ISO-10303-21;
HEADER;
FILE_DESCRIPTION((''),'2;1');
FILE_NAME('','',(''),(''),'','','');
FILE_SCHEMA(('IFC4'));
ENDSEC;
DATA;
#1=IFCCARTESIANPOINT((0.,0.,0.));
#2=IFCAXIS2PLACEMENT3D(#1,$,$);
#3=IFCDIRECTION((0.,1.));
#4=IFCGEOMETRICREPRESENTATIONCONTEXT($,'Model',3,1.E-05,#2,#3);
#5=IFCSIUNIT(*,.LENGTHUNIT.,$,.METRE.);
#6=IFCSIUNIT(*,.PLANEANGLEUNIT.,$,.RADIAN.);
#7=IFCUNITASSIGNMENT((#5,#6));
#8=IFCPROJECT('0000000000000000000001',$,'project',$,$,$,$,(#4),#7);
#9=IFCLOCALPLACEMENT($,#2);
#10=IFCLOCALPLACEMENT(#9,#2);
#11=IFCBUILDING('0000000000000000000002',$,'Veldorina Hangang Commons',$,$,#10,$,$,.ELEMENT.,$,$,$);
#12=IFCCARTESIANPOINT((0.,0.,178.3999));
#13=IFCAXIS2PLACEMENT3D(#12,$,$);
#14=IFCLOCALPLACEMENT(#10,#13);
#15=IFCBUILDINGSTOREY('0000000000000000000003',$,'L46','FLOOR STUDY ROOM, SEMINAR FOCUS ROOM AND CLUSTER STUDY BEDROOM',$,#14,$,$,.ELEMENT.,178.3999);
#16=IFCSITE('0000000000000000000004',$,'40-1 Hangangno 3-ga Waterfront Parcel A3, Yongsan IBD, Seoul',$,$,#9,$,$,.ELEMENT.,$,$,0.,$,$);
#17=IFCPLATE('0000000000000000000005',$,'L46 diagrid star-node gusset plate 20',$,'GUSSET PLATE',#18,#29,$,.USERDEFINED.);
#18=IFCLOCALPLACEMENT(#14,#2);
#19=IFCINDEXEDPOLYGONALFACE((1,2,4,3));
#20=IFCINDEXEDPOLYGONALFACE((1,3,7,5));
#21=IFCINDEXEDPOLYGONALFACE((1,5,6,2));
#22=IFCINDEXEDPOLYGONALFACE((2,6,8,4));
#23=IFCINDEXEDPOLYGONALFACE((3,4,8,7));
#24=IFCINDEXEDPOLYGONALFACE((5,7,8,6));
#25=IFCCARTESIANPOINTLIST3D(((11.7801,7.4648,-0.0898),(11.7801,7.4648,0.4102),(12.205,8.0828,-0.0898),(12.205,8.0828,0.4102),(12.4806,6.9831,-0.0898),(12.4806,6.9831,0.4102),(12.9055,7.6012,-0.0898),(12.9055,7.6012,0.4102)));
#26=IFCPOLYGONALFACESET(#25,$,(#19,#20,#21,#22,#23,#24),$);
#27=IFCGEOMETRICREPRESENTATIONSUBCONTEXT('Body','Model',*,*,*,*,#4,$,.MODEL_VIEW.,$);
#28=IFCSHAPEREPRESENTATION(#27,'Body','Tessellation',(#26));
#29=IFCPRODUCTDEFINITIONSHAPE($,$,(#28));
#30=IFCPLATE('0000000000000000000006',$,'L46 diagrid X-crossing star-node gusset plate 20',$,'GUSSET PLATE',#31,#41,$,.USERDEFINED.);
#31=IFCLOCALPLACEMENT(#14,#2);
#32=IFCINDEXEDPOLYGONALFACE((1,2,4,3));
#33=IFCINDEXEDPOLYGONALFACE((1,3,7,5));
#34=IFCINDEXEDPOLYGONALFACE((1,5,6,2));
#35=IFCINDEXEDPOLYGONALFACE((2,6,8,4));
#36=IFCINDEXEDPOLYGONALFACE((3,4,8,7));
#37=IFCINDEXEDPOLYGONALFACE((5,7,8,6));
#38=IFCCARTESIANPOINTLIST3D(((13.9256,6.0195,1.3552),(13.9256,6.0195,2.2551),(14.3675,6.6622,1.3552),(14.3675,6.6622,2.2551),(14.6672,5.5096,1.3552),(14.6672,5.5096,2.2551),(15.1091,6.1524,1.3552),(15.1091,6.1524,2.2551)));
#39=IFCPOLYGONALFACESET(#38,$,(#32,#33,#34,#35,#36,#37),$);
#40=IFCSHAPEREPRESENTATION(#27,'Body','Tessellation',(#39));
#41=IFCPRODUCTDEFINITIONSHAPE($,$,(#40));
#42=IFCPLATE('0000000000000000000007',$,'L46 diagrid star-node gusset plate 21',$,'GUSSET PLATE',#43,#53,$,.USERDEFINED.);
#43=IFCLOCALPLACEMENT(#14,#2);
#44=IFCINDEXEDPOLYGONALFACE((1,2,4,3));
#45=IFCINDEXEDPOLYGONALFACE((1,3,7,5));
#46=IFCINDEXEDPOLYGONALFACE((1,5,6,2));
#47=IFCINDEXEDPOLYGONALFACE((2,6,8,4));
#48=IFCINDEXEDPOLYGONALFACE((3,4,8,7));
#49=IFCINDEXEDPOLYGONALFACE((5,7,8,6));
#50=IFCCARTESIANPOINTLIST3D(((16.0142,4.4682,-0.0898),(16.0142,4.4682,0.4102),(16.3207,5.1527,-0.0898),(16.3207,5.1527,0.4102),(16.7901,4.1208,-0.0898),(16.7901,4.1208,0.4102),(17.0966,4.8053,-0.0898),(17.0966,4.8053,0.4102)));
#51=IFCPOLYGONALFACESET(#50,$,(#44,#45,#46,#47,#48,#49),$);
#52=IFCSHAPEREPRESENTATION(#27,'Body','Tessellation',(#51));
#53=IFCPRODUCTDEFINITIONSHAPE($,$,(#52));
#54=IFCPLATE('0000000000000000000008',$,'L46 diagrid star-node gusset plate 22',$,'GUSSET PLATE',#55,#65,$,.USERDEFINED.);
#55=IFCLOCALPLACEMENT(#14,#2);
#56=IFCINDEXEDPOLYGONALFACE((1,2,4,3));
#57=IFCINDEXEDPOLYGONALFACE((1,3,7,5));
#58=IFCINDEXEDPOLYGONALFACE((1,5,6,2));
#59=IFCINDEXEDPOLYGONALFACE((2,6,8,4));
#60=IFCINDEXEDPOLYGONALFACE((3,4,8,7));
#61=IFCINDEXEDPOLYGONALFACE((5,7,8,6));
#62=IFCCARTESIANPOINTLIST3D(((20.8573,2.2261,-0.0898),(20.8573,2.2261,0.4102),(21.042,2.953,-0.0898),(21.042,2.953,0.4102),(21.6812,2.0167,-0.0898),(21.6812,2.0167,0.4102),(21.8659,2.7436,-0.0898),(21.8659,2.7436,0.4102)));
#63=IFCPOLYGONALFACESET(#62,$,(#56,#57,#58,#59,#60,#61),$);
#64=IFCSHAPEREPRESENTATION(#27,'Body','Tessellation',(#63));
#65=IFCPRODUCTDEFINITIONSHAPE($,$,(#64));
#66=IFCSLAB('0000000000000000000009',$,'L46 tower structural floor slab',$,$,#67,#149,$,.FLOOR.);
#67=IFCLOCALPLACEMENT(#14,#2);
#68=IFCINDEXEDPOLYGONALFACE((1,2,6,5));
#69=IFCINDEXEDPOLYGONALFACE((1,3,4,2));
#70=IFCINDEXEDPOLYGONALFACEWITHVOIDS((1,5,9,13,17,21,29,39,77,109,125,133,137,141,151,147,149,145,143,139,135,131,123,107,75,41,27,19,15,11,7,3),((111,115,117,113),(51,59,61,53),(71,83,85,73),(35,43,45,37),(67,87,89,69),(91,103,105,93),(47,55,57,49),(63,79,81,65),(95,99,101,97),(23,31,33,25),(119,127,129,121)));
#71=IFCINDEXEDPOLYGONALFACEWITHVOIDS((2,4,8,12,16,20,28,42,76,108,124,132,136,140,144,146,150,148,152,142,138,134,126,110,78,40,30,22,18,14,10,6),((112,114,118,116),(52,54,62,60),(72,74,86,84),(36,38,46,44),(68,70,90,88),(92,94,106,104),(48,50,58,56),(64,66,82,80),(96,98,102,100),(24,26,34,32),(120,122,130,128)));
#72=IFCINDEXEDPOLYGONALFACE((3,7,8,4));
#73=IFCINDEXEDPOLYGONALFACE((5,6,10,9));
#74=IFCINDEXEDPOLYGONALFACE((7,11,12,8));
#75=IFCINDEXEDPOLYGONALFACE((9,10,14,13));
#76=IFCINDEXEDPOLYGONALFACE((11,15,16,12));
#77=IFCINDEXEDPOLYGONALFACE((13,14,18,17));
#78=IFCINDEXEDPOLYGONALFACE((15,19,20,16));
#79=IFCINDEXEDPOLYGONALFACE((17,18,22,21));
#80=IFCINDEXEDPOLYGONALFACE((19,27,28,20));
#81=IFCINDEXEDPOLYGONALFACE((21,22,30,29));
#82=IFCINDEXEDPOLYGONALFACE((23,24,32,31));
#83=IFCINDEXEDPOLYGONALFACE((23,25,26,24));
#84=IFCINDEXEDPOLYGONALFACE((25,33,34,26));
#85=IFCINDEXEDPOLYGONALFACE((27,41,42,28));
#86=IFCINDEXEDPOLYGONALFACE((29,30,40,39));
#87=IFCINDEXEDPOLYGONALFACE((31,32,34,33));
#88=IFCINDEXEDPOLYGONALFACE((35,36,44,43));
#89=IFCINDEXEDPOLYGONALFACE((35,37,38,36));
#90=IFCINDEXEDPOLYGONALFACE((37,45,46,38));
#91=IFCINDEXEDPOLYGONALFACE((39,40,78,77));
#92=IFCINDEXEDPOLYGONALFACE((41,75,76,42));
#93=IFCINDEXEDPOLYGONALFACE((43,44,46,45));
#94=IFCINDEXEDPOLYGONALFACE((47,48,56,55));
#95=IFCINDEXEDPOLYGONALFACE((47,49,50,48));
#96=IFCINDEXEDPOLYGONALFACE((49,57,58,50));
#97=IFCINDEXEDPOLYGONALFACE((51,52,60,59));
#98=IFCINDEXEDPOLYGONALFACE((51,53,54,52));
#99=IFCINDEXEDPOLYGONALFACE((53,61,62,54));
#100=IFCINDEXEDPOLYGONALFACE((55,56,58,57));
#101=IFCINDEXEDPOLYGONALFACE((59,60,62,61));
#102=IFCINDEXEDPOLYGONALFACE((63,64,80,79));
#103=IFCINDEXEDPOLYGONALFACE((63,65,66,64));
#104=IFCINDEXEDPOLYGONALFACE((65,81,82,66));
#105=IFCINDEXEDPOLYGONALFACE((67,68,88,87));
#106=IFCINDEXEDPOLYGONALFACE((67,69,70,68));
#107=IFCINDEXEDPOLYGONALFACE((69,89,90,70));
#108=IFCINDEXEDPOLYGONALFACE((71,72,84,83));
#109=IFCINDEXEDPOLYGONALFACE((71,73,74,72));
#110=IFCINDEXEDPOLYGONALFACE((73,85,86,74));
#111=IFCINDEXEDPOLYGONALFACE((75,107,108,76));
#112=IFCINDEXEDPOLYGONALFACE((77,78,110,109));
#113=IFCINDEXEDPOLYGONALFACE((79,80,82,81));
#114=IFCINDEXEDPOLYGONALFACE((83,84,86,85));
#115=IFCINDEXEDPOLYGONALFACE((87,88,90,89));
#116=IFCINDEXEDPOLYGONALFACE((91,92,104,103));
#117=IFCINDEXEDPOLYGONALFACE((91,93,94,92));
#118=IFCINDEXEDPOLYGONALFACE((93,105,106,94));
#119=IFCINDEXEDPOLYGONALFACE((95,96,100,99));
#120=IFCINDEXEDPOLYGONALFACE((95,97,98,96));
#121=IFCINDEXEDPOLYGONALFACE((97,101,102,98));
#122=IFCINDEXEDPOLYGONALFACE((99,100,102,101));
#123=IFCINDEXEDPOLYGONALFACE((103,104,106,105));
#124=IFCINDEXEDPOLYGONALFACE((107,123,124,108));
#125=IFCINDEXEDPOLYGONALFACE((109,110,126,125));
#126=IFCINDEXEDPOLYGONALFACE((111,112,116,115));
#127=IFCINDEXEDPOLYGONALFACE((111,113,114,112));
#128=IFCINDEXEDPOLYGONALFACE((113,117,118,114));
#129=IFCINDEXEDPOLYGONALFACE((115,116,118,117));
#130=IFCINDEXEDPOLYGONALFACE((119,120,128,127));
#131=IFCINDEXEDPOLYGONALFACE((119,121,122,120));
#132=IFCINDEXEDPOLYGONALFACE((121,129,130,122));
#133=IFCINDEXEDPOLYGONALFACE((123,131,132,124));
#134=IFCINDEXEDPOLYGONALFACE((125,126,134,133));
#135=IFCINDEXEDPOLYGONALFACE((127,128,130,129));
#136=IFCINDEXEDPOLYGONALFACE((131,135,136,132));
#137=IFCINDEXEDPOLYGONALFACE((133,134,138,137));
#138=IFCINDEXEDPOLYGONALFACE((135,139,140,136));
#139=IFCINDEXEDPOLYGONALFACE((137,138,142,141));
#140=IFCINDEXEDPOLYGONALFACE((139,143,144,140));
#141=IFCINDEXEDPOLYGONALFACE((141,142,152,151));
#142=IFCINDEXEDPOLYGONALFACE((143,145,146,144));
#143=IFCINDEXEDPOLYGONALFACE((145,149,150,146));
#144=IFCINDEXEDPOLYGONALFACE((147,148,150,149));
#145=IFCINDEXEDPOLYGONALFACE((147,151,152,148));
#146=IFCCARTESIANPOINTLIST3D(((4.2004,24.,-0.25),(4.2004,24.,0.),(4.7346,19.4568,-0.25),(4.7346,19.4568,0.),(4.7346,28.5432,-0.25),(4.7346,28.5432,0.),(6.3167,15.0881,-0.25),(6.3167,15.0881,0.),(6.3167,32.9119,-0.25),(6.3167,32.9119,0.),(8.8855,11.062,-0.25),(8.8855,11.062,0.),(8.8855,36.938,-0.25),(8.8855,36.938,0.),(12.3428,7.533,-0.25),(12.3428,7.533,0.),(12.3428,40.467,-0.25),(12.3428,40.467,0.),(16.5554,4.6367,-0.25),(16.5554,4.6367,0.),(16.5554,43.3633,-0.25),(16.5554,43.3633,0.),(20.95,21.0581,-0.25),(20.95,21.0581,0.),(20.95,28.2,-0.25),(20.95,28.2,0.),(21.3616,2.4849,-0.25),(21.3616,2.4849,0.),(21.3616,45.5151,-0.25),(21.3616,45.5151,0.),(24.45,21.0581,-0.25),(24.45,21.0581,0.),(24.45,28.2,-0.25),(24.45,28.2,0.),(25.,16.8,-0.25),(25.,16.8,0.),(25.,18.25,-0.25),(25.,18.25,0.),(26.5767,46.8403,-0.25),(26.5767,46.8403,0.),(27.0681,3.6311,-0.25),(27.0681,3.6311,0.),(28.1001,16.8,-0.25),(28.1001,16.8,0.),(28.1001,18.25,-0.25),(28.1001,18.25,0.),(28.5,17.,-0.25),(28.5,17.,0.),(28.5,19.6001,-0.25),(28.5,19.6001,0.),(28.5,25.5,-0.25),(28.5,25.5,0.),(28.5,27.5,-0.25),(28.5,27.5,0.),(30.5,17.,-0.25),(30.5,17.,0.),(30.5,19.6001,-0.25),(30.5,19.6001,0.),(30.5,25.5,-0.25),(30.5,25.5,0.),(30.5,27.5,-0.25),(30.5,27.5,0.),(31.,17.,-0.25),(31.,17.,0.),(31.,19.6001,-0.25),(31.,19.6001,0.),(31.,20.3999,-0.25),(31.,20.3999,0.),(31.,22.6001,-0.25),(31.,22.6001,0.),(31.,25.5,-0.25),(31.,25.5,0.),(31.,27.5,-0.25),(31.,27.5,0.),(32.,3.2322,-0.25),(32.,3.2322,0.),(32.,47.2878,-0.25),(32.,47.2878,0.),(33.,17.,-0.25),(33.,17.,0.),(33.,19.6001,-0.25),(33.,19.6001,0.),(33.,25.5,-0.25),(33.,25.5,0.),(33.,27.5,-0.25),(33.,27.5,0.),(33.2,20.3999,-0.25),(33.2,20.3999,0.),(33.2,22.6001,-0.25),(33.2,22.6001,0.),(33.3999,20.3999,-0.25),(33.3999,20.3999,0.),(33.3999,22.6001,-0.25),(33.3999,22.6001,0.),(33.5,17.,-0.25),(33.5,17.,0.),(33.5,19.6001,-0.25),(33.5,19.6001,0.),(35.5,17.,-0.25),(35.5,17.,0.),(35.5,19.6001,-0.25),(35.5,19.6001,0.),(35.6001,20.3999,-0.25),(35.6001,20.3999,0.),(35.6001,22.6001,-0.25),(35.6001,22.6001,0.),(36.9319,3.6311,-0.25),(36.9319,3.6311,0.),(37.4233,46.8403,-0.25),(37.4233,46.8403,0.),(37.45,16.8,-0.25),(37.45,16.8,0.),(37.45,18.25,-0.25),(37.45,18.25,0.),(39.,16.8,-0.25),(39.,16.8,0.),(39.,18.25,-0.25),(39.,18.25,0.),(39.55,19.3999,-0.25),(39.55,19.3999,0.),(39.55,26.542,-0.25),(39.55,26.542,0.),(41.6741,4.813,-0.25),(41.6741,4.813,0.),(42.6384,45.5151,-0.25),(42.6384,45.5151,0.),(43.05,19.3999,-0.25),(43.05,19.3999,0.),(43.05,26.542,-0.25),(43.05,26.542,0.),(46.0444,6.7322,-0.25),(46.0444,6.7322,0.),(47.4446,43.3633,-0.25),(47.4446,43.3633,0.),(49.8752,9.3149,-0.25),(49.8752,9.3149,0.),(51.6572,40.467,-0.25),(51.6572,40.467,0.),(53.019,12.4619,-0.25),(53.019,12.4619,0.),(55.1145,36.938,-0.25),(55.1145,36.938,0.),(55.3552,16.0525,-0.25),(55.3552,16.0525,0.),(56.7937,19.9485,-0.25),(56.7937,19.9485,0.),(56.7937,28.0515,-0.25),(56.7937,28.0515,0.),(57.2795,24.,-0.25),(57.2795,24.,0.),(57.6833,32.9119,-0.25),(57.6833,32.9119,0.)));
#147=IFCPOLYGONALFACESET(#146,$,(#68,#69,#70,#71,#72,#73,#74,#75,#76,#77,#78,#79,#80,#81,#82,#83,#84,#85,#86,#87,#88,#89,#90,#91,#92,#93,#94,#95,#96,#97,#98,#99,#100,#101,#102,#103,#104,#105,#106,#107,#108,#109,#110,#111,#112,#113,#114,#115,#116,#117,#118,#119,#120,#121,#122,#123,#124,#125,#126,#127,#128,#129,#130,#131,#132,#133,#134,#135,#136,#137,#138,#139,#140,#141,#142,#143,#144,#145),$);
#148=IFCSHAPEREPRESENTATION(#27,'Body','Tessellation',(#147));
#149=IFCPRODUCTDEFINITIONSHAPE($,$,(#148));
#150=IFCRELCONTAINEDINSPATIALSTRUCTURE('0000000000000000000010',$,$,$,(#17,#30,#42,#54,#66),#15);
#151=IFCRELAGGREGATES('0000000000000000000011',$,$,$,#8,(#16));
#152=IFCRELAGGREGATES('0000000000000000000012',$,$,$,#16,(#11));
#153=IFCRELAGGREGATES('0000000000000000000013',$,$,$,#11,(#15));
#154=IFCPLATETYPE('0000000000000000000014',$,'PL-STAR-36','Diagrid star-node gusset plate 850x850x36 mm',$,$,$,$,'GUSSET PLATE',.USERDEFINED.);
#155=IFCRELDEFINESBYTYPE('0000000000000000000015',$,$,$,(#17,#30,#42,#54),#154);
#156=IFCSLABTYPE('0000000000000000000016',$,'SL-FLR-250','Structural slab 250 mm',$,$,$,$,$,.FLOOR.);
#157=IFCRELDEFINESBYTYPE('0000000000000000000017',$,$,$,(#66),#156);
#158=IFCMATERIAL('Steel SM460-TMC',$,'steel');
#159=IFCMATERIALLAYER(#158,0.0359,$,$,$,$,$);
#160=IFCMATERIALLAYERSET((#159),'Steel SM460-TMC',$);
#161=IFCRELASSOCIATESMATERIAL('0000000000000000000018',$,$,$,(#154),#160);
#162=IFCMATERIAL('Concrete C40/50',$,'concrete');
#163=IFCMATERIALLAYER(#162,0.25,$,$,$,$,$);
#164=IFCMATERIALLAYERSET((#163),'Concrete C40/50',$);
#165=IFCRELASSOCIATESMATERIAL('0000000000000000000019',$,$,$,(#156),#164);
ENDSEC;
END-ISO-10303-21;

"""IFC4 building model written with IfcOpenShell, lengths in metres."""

from ifc_helpers import new_model, si_unit, direction, frame, origin, origin_2d, place, context, subcontext, project, spatial, polyline, rectangle, outline, extrude, material, layer, layer_set, type_object, element, save


model = new_model("IFC4")

# Units and contexts
model_context = context("Model", 3, precision=1e-05, world=origin(), true_north=direction((0.0, 1.0)))
body_context = subcontext(model_context, "Body", "Model", "MODEL_VIEW")
ifc_project = project(units=[si_unit("LENGTHUNIT", "METRE"), si_unit("PLANEANGLEUNIT", "RADIAN")], contexts=[model_context])

# Site, building, storey
site_placement = place(None, origin())
site = spatial("IfcSite", under=ifc_project, at=site_placement, Name="40-1 Hangangno 3-ga Waterfront Parcel A3, Yongsan IBD, Seoul", CompositionType="ELEMENT", RefElevation=0.0)
building_placement = place(site_placement, origin())
building = spatial("IfcBuilding", under=site, at=building_placement, Name="Veldorina Hangang Commons", CompositionType="ELEMENT")
storey_placement = place(building_placement, frame((0.0, 0.0, 178.3999)))
storey = spatial("IfcBuildingStorey", under=building, at=storey_placement, Name="L46", Description="FLOOR STUDY ROOM, SEMINAR FOCUS ROOM AND CLUSTER STUDY BEDROOM", CompositionType="ELEMENT", Elevation=178.3999)

# Plates
ifc_material_1 = material(Name="Steel SM460-TMC", Category="steel")
ifc_layer_1 = layer(ifc_material_1, 0.0359)
ifc_layer_set_1 = layer_set([ifc_layer_1], Name="Steel SM460-TMC")
plate_type = type_object("IfcPlateType", Name="PL-STAR-36", Description="Diagrid star-node gusset plate 850x850x36 mm", ElementType="GUSSET PLATE", PredefinedType="USERDEFINED", material=ifc_layer_set_1)
for number, where, z_axis, x_axis, name in (
    (1, (12.3428, 7.533, -0.0898), (0.0, 0.0, 1.0), (0.824037, -0.566536, 0.0), "L46 diagrid star-node gusset plate 20"),
):
    element("IfcPlate", number, at=place(storey_placement, frame(where, z_axis=z_axis, x_axis=x_axis)), inside=storey, type_object=plate_type, Name=name, ObjectType="GUSSET PLATE", PredefinedType="USERDEFINED", context=body_context, shape_type="SweptSolid", body=[
        extrude(rectangle(XDim=0.8501, YDim=0.75, at=origin_2d()), origin(), (0.0, 0.0, 1.0), 0.5),
    ])
plate_placement = place(storey_placement, frame((14.5173, 6.0859, 1.3552), z_axis=(0.0, 0.0, 1.0), x_axis=(0.824037, -0.566536, 0.0)))
element("IfcPlate", 2, at=plate_placement, inside=storey, type_object=plate_type, Name="L46 diagrid X-crossing star-node gusset plate 20", ObjectType="GUSSET PLATE", PredefinedType="USERDEFINED", context=body_context, shape_type="SweptSolid", body=[
    extrude(rectangle(XDim=0.8999, YDim=0.78, at=origin_2d()), origin(), (0.0, 0.0, 1.0), 0.8999),
])
for number, where, z_axis, x_axis, name in (
    (3, (16.5554, 4.6367, -0.0898), (0.0, 0.0, 1.0), (0.912684, -0.408665, 0.0), "L46 diagrid star-node gusset plate 21"),
    (4, (21.3616, 2.4849, -0.0898), (0.0, 0.0, 1.0), (0.969197, -0.246289, 0.0), "L46 diagrid star-node gusset plate 22"),
):
    element("IfcPlate", number, at=place(storey_placement, frame(where, z_axis=z_axis, x_axis=x_axis)), inside=storey, type_object=plate_type, Name=name, ObjectType="GUSSET PLATE", PredefinedType="USERDEFINED", context=body_context, shape_type="SweptSolid", body=[
        extrude(rectangle(XDim=0.8501, YDim=0.75, at=origin_2d()), origin(), (0.0, 0.0, 1.0), 0.5),
    ])

# Slab
ifc_material_2 = material(Name="Concrete C40/50", Category="concrete")
ifc_layer_2 = layer(ifc_material_2, 0.25)
ifc_layer_set_2 = layer_set([ifc_layer_2], Name="Concrete C40/50")
slab_type_1 = type_object("IfcSlabType", Name="SL-FLR-250", Description="Structural slab 250 mm", PredefinedType="FLOOR", material=ifc_layer_set_2)
slab_1_placement = place(storey_placement, frame((0.0, 0.0, -0.25)))
element("IfcSlab", 5, at=slab_1_placement, inside=storey, type_object=slab_type_1, Name="L46 tower structural floor slab", PredefinedType="FLOOR", context=body_context, shape_type="SweptSolid", body=[
    extrude(outline(polyline([(57.2795, 24.0), (56.7937, 28.0515), (57.6833, 32.9119), (55.1145, 36.938), (51.6572, 40.467), (47.4446, 43.3633), (42.6384, 45.5151), (37.4233, 46.8403), (32.0, 47.2878), (26.5767, 46.8403), (21.3616, 45.5151), (16.5554, 43.3633), (12.3428, 40.467), (8.8855, 36.938), (6.3167, 32.9119), (4.7346, 28.5432), (4.2004, 24.0), (4.7346, 19.4568), (6.3167, 15.0881), (8.8855, 11.062), (12.3428, 7.533), (16.5554, 4.6367), (21.3616, 2.4849), (27.0681, 3.6311), (32.0, 3.2322), (36.9319, 3.6311), (41.6741, 4.813), (46.0444, 6.7322), (49.8752, 9.3149), (53.019, 12.4619), (55.3552, 16.0525), (56.7937, 19.9485), (57.2795, 24.0)]), holes=[polyline([(20.95, 21.0581), (20.95, 28.2), (24.45, 28.2), (24.45, 21.0581), (20.95, 21.0581)]), polyline([(43.05, 26.542), (43.05, 19.3999), (39.55, 19.3999), (39.55, 26.542), (43.05, 26.542)]), polyline([(28.5, 27.5), (30.5, 27.5), (30.5, 25.5), (28.5, 25.5), (28.5, 27.5)]), polyline([(31.0, 27.5), (33.0, 27.5), (33.0, 25.5), (31.0, 25.5), (31.0, 27.5)]), polyline([(31.0, 22.6001), (33.2, 22.6001), (33.2, 20.3999), (31.0, 20.3999), (31.0, 22.6001)]), polyline([(33.3999, 22.6001), (35.6001, 22.6001), (35.6001, 20.3999), (33.3999, 20.3999), (33.3999, 22.6001)]), polyline([(28.5, 19.6001), (30.5, 19.6001), (30.5, 17.0), (28.5, 17.0), (28.5, 19.6001)]), polyline([(31.0, 19.6001), (33.0, 19.6001), (33.0, 17.0), (31.0, 17.0), (31.0, 19.6001)]), polyline([(33.5, 19.6001), (35.5, 19.6001), (35.5, 17.0), (33.5, 17.0), (33.5, 19.6001)]), polyline([(25.0, 18.25), (28.1001, 18.25), (28.1001, 16.8), (25.0, 16.8), (25.0, 18.25)]), polyline([(37.45, 18.25), (39.0, 18.25), (39.0, 16.8), (37.45, 16.8), (37.45, 18.25)])]), origin(), (0.0, 0.0, 1.0), 0.25),
])

save(model, "model.ifc")
